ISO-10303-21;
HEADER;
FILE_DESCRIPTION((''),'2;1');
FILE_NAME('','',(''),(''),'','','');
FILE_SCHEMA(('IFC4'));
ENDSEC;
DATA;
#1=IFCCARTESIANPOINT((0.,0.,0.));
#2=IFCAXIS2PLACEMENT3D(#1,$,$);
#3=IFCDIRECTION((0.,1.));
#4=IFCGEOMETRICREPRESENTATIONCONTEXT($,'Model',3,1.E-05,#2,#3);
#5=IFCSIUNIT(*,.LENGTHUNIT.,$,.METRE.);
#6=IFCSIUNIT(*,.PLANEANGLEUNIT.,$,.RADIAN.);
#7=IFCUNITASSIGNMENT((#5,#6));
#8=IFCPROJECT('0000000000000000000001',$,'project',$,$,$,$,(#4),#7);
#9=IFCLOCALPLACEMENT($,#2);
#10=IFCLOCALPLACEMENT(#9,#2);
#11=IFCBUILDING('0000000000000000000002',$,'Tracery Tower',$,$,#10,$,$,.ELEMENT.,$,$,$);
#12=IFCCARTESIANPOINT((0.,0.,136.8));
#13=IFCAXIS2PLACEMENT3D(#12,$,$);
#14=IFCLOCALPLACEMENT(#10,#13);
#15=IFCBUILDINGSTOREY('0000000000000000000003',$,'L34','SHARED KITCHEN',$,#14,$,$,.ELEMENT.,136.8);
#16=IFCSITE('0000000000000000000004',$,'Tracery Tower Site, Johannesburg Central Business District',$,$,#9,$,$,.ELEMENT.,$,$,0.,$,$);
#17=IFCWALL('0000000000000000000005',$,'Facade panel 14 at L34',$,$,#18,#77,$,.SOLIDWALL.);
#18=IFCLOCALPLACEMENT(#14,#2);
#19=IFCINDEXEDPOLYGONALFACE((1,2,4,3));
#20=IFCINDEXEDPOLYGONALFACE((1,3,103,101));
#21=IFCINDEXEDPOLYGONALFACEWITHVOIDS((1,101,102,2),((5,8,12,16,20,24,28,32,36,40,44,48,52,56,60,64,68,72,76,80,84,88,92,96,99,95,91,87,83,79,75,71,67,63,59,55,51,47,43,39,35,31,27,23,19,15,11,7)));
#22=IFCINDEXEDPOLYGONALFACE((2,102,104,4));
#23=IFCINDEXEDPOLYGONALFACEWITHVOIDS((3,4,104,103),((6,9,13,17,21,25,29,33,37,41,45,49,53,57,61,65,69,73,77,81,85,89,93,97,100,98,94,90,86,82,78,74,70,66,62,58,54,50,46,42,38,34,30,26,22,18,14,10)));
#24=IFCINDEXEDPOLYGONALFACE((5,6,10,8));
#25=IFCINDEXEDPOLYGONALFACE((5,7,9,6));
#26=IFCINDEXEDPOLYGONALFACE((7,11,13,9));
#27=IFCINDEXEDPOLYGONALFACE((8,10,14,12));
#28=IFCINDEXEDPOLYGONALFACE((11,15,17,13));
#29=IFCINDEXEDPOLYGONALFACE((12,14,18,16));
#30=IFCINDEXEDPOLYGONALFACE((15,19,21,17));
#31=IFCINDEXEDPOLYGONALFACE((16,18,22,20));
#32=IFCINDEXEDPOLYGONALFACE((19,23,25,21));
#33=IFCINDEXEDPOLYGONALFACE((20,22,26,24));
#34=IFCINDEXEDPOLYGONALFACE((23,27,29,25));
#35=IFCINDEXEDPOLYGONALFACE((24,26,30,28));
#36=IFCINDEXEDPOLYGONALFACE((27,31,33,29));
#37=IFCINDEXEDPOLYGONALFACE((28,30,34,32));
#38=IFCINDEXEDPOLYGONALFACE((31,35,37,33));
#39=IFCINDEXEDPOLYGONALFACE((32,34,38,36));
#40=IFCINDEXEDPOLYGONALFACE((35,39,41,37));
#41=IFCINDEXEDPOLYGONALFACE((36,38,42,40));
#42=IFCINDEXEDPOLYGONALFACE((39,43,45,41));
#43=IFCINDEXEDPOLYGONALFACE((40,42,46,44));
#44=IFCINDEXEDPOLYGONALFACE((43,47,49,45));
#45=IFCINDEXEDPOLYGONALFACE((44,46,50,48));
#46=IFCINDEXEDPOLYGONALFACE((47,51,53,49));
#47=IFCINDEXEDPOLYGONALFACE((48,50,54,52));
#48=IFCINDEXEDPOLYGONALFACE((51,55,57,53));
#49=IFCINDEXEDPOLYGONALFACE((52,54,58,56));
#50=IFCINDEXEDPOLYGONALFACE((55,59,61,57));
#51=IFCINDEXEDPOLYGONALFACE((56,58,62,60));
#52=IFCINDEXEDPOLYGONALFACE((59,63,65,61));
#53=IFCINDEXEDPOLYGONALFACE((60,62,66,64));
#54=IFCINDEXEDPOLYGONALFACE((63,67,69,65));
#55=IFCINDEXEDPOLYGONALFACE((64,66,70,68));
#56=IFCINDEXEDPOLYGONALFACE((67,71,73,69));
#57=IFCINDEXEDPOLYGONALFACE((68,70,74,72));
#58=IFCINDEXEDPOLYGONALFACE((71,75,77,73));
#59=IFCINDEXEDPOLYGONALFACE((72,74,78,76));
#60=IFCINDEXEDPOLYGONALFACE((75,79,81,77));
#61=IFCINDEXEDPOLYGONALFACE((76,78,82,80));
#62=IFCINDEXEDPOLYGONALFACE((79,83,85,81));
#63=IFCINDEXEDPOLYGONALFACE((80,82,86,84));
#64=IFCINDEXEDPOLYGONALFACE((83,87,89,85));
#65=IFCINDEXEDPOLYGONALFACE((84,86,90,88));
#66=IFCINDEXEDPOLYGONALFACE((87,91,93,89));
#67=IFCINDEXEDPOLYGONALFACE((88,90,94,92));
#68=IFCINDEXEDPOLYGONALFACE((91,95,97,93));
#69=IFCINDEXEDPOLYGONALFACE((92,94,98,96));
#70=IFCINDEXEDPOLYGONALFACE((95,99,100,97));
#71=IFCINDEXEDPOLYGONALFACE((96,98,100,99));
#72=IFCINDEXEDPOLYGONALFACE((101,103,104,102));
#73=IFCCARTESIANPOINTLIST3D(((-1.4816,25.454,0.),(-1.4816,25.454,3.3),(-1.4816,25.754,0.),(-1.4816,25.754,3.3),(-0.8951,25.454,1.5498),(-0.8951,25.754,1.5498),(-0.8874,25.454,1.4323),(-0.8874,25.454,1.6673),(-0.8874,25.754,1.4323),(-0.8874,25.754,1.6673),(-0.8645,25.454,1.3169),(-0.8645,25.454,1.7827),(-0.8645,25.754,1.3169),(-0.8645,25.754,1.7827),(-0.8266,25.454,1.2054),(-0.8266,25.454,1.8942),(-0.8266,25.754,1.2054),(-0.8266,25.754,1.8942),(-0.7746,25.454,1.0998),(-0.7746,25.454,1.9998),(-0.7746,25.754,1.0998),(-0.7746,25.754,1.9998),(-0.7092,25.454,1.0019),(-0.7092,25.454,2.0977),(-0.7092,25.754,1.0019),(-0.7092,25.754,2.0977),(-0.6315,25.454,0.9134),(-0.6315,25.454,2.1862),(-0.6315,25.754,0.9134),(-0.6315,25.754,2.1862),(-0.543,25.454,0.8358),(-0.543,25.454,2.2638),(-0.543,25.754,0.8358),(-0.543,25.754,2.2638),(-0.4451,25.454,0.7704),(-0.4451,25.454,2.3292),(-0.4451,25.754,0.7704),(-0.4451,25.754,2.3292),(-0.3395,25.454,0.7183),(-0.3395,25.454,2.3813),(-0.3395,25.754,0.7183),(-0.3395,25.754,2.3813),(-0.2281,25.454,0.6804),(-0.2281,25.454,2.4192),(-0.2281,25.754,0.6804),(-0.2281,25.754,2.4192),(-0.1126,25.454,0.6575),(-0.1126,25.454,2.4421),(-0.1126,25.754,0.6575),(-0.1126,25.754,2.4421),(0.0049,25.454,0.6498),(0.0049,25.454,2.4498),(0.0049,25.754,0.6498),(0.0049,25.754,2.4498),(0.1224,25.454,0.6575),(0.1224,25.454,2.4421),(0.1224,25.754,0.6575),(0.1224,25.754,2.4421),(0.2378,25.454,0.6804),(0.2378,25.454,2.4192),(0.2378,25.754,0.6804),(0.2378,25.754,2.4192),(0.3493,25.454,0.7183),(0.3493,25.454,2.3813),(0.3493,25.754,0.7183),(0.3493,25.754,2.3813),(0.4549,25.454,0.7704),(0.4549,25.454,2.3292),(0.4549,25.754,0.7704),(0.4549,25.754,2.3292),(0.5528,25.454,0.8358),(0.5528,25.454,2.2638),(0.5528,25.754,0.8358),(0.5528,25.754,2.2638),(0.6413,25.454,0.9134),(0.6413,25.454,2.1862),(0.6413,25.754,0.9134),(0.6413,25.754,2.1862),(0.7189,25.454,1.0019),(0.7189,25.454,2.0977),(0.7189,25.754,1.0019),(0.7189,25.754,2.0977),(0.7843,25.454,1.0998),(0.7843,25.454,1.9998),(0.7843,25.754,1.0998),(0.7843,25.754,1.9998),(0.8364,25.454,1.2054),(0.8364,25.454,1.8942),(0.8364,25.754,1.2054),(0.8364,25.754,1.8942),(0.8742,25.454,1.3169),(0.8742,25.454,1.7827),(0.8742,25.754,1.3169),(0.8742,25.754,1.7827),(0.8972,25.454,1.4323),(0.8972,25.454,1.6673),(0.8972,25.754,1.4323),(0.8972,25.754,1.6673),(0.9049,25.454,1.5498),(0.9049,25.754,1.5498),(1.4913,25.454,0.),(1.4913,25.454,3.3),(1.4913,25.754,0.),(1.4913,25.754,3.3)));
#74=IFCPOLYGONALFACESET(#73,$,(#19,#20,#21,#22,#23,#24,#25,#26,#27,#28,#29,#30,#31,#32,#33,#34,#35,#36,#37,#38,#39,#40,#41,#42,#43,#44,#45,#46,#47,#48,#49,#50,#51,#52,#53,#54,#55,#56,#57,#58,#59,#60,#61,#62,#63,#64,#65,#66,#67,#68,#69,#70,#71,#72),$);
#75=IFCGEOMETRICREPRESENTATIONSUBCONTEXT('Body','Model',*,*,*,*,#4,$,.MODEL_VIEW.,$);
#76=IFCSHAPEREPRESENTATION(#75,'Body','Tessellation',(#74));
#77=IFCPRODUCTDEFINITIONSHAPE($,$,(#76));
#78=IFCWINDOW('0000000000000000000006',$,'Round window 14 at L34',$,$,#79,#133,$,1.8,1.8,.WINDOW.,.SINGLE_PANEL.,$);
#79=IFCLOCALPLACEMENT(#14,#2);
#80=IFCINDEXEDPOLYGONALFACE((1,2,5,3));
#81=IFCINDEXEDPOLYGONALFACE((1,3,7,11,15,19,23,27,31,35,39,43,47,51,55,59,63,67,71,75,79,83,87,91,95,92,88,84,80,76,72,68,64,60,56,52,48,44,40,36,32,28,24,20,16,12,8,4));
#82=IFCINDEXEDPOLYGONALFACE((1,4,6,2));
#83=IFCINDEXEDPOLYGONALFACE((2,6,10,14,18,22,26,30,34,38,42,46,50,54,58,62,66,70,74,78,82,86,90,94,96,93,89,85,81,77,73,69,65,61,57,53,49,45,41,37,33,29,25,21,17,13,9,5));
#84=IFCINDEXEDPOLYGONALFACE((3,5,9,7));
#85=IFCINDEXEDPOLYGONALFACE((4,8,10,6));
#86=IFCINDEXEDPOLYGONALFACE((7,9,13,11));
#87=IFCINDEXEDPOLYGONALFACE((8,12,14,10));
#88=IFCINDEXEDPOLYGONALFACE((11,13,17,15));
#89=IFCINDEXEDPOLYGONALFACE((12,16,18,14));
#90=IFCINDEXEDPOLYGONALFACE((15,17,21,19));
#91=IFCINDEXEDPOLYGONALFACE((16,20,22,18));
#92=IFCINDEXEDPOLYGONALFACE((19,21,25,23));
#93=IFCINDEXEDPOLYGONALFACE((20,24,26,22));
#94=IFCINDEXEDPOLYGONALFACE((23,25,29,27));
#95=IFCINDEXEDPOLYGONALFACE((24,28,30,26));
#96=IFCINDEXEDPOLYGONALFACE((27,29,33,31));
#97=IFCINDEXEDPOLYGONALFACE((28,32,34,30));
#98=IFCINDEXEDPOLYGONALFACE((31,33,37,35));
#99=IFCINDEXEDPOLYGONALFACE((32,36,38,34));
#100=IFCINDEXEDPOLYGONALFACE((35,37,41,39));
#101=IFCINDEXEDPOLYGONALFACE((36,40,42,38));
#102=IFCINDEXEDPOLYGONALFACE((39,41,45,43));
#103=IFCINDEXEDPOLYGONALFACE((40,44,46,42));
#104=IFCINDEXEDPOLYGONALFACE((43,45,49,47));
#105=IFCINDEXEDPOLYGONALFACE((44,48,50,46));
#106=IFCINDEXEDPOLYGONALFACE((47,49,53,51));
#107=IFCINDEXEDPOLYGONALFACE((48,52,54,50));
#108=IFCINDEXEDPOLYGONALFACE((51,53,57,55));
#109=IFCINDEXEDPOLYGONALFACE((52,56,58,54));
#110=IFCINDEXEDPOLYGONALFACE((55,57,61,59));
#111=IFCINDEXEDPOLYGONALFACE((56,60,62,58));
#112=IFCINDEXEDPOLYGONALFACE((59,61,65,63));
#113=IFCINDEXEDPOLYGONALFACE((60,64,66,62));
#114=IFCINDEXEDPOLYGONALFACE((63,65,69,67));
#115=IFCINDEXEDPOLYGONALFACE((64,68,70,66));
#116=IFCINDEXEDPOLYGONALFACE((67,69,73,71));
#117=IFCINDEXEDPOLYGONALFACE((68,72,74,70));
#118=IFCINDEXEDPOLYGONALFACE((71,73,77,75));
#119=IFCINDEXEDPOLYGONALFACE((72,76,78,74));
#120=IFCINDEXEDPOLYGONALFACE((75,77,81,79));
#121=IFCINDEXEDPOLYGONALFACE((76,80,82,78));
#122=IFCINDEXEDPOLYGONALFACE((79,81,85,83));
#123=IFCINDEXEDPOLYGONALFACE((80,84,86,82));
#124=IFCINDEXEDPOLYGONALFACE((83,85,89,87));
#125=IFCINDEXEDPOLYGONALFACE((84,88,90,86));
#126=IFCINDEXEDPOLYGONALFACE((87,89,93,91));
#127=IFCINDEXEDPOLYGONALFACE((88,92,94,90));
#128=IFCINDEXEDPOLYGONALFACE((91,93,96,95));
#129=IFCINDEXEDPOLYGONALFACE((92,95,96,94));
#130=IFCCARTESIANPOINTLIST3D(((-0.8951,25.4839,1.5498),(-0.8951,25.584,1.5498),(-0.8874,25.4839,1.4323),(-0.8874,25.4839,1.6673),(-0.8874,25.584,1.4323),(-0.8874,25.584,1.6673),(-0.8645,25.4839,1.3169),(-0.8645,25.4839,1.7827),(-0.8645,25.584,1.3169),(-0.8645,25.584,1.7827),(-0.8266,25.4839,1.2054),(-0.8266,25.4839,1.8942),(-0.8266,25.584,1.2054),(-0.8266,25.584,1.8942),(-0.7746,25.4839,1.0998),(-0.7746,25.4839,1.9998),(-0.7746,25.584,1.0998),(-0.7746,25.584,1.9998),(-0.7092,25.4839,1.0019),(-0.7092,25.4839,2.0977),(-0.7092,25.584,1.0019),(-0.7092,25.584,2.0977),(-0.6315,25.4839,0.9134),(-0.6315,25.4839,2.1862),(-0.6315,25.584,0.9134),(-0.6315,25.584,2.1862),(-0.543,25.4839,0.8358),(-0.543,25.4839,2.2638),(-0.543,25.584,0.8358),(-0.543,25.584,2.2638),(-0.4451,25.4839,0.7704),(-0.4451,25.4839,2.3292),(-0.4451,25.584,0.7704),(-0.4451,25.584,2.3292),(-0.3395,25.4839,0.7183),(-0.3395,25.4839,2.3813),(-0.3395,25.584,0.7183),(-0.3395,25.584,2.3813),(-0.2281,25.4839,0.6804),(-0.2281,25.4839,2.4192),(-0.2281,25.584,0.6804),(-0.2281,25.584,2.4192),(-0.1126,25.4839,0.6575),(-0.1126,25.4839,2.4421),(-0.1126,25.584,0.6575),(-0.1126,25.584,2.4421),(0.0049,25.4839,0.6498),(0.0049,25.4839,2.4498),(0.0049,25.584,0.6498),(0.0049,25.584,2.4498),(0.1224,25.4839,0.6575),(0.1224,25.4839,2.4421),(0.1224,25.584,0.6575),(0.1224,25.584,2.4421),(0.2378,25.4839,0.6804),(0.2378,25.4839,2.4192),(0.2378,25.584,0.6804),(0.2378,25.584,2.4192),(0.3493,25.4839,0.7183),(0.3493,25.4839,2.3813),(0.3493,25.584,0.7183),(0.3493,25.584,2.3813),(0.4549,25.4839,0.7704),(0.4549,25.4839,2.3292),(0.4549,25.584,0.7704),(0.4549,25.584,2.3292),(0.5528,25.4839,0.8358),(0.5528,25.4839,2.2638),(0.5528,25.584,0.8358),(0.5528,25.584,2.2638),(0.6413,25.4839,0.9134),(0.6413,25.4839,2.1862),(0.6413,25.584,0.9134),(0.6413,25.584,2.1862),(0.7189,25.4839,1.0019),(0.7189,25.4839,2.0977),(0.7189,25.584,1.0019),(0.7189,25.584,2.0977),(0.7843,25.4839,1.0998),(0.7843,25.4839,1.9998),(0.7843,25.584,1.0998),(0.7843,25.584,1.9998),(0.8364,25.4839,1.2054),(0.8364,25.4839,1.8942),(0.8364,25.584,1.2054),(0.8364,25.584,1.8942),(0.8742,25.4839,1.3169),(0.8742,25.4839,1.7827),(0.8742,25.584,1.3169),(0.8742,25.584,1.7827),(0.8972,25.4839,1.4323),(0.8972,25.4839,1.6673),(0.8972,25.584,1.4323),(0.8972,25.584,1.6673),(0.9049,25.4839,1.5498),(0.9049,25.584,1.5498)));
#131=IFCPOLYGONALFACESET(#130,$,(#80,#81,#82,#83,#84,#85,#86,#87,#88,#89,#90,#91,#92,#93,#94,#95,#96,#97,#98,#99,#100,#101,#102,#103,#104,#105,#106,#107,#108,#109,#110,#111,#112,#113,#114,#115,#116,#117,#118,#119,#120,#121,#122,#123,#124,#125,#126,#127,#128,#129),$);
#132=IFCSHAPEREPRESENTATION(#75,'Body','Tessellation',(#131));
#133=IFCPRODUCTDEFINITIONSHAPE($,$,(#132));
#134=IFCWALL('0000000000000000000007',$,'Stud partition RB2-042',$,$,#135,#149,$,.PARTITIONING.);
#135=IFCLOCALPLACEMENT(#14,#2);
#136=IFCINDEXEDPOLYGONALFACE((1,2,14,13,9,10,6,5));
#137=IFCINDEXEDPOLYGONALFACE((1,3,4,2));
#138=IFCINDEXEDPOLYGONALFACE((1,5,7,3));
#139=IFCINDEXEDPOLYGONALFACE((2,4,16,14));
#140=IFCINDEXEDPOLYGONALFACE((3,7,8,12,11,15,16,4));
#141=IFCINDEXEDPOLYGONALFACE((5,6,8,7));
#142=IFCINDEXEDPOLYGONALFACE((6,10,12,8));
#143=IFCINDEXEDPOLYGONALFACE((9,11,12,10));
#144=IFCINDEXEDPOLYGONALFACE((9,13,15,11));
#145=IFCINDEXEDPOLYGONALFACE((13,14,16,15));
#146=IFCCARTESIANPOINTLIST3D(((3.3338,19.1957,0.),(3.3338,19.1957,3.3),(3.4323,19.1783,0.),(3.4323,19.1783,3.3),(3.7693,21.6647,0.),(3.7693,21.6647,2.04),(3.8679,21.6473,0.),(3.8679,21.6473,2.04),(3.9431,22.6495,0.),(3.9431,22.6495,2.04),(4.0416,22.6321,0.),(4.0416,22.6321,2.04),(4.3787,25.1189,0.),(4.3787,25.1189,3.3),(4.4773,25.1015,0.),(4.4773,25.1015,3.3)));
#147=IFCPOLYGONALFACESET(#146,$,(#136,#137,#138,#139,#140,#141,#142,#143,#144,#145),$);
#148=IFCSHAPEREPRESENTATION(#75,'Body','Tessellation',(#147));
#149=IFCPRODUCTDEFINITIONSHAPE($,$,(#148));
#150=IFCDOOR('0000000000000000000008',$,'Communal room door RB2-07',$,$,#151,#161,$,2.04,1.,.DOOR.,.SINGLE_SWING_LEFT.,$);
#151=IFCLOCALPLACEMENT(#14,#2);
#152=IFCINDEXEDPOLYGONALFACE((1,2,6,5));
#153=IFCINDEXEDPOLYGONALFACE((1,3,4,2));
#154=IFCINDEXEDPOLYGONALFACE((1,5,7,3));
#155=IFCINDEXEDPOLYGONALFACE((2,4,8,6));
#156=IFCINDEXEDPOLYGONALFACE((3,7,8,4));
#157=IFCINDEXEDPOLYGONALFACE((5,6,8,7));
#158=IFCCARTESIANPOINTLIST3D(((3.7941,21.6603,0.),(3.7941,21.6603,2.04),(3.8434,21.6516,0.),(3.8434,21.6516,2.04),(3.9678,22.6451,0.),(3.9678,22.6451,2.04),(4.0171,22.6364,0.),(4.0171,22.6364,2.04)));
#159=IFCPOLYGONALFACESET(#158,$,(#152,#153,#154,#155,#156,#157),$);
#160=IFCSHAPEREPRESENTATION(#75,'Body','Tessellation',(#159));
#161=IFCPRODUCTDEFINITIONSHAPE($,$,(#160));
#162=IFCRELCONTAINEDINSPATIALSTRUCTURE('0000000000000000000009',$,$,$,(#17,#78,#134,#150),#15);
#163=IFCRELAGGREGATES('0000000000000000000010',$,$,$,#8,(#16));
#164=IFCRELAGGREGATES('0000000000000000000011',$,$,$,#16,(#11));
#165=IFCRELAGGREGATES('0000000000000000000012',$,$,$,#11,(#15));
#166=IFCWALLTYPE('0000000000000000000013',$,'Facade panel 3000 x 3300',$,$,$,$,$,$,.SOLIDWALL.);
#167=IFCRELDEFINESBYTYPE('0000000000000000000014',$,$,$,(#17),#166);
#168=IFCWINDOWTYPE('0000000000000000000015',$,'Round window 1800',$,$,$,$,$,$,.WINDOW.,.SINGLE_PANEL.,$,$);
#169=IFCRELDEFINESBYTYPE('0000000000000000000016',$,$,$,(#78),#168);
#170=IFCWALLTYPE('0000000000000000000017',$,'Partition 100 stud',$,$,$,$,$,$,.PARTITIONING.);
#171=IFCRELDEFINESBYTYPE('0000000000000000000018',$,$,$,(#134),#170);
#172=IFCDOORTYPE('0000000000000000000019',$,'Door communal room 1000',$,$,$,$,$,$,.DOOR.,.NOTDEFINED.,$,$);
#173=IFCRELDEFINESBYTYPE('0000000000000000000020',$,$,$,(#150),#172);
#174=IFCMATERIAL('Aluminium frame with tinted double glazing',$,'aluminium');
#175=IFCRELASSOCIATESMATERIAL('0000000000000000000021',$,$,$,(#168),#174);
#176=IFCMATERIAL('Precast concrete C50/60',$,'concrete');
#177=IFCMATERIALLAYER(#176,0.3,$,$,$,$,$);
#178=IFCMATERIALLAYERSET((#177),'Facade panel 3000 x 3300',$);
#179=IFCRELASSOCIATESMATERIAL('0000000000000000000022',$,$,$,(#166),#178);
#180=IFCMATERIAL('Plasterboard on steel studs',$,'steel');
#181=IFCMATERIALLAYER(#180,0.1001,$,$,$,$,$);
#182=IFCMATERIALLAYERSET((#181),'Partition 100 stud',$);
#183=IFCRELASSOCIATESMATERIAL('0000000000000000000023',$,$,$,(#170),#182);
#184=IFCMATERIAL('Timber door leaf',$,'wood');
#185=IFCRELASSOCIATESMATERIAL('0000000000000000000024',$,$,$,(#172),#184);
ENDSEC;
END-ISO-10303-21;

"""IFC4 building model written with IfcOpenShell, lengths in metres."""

from ifc_helpers import new_model, si_unit, direction, frame, frame_2d, origin, origin_2d, place, context, subcontext, project, spatial, rectangle, circle, extrude, material, layer, layer_set, type_object, element, fill, save


model = new_model("IFC4")

# Units and contexts
model_context = context("Model", 3, precision=1e-05, world=origin(), true_north=direction((0.0, 1.0)))
body_context = subcontext(model_context, "Body", "Model", "MODEL_VIEW")
ifc_project = project(units=[si_unit("LENGTHUNIT", "METRE"), si_unit("PLANEANGLEUNIT", "RADIAN")], contexts=[model_context])

# Site, building, storey
site_placement = place(None, origin())
site = spatial("IfcSite", under=ifc_project, at=site_placement, Name="Tracery Tower Site, Johannesburg Central Business District", CompositionType="ELEMENT", RefElevation=0.0)
building_placement = place(site_placement, origin())
building = spatial("IfcBuilding", under=site, at=building_placement, Name="Tracery Tower", CompositionType="ELEMENT")
storey_placement = place(building_placement, frame((0.0, 0.0, 136.8)))
storey = spatial("IfcBuildingStorey", under=building, at=storey_placement, Name="L34", Description="SHARED KITCHEN", CompositionType="ELEMENT", Elevation=136.8)

# Wall, opening, window
ifc_material_1 = material(Name="Aluminium frame with tinted double glazing", Category="aluminium")
window_type = type_object("IfcWindowType", Name="Round window 1800", PartitioningType="SINGLE_PANEL", PredefinedType="WINDOW", material=ifc_material_1)
ifc_material_2 = material(Name="Precast concrete C50/60", Category="concrete")
ifc_layer_1 = layer(ifc_material_2, 0.3)
ifc_layer_set_1 = layer_set([ifc_layer_1], Name="Facade panel 3000 x 3300")
wall_type_1 = type_object("IfcWallType", Name="Facade panel 3000 x 3300", PredefinedType="SOLIDWALL", material=ifc_layer_set_1)
wall_1_placement = place(storey_placement, frame((1.4912, 25.604, 0.0), z_axis=(0.0, 0.0, 1.0), x_axis=(-1.0, 0.0, 0.0)))
wall_1 = element("IfcWall", 1, at=wall_1_placement, inside=storey, type_object=wall_type_1, Name="Facade panel 14 at L34", PredefinedType="SOLIDWALL", context=body_context, shape_type="SweptSolid", body=[
    extrude(rectangle(XDim=2.9729, YDim=0.3, at=frame_2d((1.4863, 0.0))), origin(), (0.0, 0.0, 1.0), 3.3),
])
opening_1_placement = place(wall_1_placement, frame((1.4863, 0.0, 1.5498)))
opening_1 = element("IfcOpeningElement", 2, at=opening_1_placement, cuts=wall_1, PredefinedType="OPENING", context=body_context, shape_type="SweptSolid", body=[
    extrude(circle(Radius=0.9, at=origin_2d()), frame((0.0, 0.1599, 0.0), z_axis=(0.0, -1.0, 0.0), x_axis=(1.0, 0.0, 0.0)), (0.0, 0.0, 1.0), 0.3201),
])
window_1_placement = place(opening_1_placement, origin())
window_1 = element("IfcWindow", 3, at=window_1_placement, inside=storey, type_object=window_type, Name="Round window 14 at L34", OverallHeight=1.8, OverallWidth=1.8, PartitioningType="SINGLE_PANEL", PredefinedType="WINDOW", context=body_context, shape_type="SweptSolid", body=[
    extrude(circle(Radius=0.9, at=origin_2d()), frame((0.0, 0.1201, 0.0), z_axis=(0.0, -1.0, 0.0), x_axis=(1.0, 0.0, 0.0)), (0.0, 0.0, 1.0), 0.1001),
])
fill(opening_1, window_1)

# Wall, opening, door
ifc_material_3 = material(Name="Plasterboard on steel studs", Category="steel")
ifc_layer_2 = layer(ifc_material_3, 0.1001)
ifc_layer_set_2 = layer_set([ifc_layer_2], Name="Partition 100 stud")
wall_type_2 = type_object("IfcWallType", Name="Partition 100 stud", PredefinedType="PARTITIONING", material=ifc_layer_set_2)
wall_2_placement = place(storey_placement, frame((3.3831, 19.187, 0.0), z_axis=(0.0, 0.0, 1.0), x_axis=(0.173732, 0.984793, 0.0)))
wall_2 = element("IfcWall", 4, at=wall_2_placement, inside=storey, type_object=wall_type_2, Name="Stud partition RB2-042", PredefinedType="PARTITIONING", context=body_context, shape_type="SweptSolid", body=[
    extrude(rectangle(XDim=6.0146, YDim=0.1001, at=frame_2d((3.0073, 0.0))), origin(), (0.0, 0.0, 1.0), 3.3),
])
opening_2_placement = place(wall_2_placement, frame((2.5071, 0.0, 0.0)))
opening_2 = element("IfcOpeningElement", 5, at=opening_2_placement, cuts=wall_2, PredefinedType="OPENING", context=body_context, shape_type="SweptSolid", body=[
    extrude(rectangle(XDim=1.0, YDim=2.04, at=frame_2d((0.5, 1.02))), frame((0.0, 0.05, 0.0), z_axis=(0.0, -1.0, 0.0), x_axis=(1.0, 0.0, 0.0)), (0.0, 0.0, 1.0), 0.1001),
])
ifc_material_4 = material(Name="Timber door leaf", Category="wood")
door_type_1 = type_object("IfcDoorType", Name="Door communal room 1000", OperationType="NOTDEFINED", PredefinedType="DOOR", material=ifc_material_4)
door_1_placement = place(opening_2_placement, origin())
door_1 = element("IfcDoor", 6, at=door_1_placement, inside=storey, type_object=door_type_1, Name="Communal room door RB2-07", OperationType="SINGLE_SWING_LEFT", OverallHeight=2.04, OverallWidth=1.0, PredefinedType="DOOR", context=body_context, shape_type="SweptSolid", body=[
    extrude(rectangle(XDim=1.0, YDim=2.04, at=frame_2d((0.5, 1.02))), frame((0.0, 0.0249, 0.0), z_axis=(0.0, -1.0, 0.0), x_axis=(1.0, 0.0, 0.0)), (0.0, 0.0, 1.0), 0.05),
])
fill(opening_2, door_1)

save(model, "model.ifc")
